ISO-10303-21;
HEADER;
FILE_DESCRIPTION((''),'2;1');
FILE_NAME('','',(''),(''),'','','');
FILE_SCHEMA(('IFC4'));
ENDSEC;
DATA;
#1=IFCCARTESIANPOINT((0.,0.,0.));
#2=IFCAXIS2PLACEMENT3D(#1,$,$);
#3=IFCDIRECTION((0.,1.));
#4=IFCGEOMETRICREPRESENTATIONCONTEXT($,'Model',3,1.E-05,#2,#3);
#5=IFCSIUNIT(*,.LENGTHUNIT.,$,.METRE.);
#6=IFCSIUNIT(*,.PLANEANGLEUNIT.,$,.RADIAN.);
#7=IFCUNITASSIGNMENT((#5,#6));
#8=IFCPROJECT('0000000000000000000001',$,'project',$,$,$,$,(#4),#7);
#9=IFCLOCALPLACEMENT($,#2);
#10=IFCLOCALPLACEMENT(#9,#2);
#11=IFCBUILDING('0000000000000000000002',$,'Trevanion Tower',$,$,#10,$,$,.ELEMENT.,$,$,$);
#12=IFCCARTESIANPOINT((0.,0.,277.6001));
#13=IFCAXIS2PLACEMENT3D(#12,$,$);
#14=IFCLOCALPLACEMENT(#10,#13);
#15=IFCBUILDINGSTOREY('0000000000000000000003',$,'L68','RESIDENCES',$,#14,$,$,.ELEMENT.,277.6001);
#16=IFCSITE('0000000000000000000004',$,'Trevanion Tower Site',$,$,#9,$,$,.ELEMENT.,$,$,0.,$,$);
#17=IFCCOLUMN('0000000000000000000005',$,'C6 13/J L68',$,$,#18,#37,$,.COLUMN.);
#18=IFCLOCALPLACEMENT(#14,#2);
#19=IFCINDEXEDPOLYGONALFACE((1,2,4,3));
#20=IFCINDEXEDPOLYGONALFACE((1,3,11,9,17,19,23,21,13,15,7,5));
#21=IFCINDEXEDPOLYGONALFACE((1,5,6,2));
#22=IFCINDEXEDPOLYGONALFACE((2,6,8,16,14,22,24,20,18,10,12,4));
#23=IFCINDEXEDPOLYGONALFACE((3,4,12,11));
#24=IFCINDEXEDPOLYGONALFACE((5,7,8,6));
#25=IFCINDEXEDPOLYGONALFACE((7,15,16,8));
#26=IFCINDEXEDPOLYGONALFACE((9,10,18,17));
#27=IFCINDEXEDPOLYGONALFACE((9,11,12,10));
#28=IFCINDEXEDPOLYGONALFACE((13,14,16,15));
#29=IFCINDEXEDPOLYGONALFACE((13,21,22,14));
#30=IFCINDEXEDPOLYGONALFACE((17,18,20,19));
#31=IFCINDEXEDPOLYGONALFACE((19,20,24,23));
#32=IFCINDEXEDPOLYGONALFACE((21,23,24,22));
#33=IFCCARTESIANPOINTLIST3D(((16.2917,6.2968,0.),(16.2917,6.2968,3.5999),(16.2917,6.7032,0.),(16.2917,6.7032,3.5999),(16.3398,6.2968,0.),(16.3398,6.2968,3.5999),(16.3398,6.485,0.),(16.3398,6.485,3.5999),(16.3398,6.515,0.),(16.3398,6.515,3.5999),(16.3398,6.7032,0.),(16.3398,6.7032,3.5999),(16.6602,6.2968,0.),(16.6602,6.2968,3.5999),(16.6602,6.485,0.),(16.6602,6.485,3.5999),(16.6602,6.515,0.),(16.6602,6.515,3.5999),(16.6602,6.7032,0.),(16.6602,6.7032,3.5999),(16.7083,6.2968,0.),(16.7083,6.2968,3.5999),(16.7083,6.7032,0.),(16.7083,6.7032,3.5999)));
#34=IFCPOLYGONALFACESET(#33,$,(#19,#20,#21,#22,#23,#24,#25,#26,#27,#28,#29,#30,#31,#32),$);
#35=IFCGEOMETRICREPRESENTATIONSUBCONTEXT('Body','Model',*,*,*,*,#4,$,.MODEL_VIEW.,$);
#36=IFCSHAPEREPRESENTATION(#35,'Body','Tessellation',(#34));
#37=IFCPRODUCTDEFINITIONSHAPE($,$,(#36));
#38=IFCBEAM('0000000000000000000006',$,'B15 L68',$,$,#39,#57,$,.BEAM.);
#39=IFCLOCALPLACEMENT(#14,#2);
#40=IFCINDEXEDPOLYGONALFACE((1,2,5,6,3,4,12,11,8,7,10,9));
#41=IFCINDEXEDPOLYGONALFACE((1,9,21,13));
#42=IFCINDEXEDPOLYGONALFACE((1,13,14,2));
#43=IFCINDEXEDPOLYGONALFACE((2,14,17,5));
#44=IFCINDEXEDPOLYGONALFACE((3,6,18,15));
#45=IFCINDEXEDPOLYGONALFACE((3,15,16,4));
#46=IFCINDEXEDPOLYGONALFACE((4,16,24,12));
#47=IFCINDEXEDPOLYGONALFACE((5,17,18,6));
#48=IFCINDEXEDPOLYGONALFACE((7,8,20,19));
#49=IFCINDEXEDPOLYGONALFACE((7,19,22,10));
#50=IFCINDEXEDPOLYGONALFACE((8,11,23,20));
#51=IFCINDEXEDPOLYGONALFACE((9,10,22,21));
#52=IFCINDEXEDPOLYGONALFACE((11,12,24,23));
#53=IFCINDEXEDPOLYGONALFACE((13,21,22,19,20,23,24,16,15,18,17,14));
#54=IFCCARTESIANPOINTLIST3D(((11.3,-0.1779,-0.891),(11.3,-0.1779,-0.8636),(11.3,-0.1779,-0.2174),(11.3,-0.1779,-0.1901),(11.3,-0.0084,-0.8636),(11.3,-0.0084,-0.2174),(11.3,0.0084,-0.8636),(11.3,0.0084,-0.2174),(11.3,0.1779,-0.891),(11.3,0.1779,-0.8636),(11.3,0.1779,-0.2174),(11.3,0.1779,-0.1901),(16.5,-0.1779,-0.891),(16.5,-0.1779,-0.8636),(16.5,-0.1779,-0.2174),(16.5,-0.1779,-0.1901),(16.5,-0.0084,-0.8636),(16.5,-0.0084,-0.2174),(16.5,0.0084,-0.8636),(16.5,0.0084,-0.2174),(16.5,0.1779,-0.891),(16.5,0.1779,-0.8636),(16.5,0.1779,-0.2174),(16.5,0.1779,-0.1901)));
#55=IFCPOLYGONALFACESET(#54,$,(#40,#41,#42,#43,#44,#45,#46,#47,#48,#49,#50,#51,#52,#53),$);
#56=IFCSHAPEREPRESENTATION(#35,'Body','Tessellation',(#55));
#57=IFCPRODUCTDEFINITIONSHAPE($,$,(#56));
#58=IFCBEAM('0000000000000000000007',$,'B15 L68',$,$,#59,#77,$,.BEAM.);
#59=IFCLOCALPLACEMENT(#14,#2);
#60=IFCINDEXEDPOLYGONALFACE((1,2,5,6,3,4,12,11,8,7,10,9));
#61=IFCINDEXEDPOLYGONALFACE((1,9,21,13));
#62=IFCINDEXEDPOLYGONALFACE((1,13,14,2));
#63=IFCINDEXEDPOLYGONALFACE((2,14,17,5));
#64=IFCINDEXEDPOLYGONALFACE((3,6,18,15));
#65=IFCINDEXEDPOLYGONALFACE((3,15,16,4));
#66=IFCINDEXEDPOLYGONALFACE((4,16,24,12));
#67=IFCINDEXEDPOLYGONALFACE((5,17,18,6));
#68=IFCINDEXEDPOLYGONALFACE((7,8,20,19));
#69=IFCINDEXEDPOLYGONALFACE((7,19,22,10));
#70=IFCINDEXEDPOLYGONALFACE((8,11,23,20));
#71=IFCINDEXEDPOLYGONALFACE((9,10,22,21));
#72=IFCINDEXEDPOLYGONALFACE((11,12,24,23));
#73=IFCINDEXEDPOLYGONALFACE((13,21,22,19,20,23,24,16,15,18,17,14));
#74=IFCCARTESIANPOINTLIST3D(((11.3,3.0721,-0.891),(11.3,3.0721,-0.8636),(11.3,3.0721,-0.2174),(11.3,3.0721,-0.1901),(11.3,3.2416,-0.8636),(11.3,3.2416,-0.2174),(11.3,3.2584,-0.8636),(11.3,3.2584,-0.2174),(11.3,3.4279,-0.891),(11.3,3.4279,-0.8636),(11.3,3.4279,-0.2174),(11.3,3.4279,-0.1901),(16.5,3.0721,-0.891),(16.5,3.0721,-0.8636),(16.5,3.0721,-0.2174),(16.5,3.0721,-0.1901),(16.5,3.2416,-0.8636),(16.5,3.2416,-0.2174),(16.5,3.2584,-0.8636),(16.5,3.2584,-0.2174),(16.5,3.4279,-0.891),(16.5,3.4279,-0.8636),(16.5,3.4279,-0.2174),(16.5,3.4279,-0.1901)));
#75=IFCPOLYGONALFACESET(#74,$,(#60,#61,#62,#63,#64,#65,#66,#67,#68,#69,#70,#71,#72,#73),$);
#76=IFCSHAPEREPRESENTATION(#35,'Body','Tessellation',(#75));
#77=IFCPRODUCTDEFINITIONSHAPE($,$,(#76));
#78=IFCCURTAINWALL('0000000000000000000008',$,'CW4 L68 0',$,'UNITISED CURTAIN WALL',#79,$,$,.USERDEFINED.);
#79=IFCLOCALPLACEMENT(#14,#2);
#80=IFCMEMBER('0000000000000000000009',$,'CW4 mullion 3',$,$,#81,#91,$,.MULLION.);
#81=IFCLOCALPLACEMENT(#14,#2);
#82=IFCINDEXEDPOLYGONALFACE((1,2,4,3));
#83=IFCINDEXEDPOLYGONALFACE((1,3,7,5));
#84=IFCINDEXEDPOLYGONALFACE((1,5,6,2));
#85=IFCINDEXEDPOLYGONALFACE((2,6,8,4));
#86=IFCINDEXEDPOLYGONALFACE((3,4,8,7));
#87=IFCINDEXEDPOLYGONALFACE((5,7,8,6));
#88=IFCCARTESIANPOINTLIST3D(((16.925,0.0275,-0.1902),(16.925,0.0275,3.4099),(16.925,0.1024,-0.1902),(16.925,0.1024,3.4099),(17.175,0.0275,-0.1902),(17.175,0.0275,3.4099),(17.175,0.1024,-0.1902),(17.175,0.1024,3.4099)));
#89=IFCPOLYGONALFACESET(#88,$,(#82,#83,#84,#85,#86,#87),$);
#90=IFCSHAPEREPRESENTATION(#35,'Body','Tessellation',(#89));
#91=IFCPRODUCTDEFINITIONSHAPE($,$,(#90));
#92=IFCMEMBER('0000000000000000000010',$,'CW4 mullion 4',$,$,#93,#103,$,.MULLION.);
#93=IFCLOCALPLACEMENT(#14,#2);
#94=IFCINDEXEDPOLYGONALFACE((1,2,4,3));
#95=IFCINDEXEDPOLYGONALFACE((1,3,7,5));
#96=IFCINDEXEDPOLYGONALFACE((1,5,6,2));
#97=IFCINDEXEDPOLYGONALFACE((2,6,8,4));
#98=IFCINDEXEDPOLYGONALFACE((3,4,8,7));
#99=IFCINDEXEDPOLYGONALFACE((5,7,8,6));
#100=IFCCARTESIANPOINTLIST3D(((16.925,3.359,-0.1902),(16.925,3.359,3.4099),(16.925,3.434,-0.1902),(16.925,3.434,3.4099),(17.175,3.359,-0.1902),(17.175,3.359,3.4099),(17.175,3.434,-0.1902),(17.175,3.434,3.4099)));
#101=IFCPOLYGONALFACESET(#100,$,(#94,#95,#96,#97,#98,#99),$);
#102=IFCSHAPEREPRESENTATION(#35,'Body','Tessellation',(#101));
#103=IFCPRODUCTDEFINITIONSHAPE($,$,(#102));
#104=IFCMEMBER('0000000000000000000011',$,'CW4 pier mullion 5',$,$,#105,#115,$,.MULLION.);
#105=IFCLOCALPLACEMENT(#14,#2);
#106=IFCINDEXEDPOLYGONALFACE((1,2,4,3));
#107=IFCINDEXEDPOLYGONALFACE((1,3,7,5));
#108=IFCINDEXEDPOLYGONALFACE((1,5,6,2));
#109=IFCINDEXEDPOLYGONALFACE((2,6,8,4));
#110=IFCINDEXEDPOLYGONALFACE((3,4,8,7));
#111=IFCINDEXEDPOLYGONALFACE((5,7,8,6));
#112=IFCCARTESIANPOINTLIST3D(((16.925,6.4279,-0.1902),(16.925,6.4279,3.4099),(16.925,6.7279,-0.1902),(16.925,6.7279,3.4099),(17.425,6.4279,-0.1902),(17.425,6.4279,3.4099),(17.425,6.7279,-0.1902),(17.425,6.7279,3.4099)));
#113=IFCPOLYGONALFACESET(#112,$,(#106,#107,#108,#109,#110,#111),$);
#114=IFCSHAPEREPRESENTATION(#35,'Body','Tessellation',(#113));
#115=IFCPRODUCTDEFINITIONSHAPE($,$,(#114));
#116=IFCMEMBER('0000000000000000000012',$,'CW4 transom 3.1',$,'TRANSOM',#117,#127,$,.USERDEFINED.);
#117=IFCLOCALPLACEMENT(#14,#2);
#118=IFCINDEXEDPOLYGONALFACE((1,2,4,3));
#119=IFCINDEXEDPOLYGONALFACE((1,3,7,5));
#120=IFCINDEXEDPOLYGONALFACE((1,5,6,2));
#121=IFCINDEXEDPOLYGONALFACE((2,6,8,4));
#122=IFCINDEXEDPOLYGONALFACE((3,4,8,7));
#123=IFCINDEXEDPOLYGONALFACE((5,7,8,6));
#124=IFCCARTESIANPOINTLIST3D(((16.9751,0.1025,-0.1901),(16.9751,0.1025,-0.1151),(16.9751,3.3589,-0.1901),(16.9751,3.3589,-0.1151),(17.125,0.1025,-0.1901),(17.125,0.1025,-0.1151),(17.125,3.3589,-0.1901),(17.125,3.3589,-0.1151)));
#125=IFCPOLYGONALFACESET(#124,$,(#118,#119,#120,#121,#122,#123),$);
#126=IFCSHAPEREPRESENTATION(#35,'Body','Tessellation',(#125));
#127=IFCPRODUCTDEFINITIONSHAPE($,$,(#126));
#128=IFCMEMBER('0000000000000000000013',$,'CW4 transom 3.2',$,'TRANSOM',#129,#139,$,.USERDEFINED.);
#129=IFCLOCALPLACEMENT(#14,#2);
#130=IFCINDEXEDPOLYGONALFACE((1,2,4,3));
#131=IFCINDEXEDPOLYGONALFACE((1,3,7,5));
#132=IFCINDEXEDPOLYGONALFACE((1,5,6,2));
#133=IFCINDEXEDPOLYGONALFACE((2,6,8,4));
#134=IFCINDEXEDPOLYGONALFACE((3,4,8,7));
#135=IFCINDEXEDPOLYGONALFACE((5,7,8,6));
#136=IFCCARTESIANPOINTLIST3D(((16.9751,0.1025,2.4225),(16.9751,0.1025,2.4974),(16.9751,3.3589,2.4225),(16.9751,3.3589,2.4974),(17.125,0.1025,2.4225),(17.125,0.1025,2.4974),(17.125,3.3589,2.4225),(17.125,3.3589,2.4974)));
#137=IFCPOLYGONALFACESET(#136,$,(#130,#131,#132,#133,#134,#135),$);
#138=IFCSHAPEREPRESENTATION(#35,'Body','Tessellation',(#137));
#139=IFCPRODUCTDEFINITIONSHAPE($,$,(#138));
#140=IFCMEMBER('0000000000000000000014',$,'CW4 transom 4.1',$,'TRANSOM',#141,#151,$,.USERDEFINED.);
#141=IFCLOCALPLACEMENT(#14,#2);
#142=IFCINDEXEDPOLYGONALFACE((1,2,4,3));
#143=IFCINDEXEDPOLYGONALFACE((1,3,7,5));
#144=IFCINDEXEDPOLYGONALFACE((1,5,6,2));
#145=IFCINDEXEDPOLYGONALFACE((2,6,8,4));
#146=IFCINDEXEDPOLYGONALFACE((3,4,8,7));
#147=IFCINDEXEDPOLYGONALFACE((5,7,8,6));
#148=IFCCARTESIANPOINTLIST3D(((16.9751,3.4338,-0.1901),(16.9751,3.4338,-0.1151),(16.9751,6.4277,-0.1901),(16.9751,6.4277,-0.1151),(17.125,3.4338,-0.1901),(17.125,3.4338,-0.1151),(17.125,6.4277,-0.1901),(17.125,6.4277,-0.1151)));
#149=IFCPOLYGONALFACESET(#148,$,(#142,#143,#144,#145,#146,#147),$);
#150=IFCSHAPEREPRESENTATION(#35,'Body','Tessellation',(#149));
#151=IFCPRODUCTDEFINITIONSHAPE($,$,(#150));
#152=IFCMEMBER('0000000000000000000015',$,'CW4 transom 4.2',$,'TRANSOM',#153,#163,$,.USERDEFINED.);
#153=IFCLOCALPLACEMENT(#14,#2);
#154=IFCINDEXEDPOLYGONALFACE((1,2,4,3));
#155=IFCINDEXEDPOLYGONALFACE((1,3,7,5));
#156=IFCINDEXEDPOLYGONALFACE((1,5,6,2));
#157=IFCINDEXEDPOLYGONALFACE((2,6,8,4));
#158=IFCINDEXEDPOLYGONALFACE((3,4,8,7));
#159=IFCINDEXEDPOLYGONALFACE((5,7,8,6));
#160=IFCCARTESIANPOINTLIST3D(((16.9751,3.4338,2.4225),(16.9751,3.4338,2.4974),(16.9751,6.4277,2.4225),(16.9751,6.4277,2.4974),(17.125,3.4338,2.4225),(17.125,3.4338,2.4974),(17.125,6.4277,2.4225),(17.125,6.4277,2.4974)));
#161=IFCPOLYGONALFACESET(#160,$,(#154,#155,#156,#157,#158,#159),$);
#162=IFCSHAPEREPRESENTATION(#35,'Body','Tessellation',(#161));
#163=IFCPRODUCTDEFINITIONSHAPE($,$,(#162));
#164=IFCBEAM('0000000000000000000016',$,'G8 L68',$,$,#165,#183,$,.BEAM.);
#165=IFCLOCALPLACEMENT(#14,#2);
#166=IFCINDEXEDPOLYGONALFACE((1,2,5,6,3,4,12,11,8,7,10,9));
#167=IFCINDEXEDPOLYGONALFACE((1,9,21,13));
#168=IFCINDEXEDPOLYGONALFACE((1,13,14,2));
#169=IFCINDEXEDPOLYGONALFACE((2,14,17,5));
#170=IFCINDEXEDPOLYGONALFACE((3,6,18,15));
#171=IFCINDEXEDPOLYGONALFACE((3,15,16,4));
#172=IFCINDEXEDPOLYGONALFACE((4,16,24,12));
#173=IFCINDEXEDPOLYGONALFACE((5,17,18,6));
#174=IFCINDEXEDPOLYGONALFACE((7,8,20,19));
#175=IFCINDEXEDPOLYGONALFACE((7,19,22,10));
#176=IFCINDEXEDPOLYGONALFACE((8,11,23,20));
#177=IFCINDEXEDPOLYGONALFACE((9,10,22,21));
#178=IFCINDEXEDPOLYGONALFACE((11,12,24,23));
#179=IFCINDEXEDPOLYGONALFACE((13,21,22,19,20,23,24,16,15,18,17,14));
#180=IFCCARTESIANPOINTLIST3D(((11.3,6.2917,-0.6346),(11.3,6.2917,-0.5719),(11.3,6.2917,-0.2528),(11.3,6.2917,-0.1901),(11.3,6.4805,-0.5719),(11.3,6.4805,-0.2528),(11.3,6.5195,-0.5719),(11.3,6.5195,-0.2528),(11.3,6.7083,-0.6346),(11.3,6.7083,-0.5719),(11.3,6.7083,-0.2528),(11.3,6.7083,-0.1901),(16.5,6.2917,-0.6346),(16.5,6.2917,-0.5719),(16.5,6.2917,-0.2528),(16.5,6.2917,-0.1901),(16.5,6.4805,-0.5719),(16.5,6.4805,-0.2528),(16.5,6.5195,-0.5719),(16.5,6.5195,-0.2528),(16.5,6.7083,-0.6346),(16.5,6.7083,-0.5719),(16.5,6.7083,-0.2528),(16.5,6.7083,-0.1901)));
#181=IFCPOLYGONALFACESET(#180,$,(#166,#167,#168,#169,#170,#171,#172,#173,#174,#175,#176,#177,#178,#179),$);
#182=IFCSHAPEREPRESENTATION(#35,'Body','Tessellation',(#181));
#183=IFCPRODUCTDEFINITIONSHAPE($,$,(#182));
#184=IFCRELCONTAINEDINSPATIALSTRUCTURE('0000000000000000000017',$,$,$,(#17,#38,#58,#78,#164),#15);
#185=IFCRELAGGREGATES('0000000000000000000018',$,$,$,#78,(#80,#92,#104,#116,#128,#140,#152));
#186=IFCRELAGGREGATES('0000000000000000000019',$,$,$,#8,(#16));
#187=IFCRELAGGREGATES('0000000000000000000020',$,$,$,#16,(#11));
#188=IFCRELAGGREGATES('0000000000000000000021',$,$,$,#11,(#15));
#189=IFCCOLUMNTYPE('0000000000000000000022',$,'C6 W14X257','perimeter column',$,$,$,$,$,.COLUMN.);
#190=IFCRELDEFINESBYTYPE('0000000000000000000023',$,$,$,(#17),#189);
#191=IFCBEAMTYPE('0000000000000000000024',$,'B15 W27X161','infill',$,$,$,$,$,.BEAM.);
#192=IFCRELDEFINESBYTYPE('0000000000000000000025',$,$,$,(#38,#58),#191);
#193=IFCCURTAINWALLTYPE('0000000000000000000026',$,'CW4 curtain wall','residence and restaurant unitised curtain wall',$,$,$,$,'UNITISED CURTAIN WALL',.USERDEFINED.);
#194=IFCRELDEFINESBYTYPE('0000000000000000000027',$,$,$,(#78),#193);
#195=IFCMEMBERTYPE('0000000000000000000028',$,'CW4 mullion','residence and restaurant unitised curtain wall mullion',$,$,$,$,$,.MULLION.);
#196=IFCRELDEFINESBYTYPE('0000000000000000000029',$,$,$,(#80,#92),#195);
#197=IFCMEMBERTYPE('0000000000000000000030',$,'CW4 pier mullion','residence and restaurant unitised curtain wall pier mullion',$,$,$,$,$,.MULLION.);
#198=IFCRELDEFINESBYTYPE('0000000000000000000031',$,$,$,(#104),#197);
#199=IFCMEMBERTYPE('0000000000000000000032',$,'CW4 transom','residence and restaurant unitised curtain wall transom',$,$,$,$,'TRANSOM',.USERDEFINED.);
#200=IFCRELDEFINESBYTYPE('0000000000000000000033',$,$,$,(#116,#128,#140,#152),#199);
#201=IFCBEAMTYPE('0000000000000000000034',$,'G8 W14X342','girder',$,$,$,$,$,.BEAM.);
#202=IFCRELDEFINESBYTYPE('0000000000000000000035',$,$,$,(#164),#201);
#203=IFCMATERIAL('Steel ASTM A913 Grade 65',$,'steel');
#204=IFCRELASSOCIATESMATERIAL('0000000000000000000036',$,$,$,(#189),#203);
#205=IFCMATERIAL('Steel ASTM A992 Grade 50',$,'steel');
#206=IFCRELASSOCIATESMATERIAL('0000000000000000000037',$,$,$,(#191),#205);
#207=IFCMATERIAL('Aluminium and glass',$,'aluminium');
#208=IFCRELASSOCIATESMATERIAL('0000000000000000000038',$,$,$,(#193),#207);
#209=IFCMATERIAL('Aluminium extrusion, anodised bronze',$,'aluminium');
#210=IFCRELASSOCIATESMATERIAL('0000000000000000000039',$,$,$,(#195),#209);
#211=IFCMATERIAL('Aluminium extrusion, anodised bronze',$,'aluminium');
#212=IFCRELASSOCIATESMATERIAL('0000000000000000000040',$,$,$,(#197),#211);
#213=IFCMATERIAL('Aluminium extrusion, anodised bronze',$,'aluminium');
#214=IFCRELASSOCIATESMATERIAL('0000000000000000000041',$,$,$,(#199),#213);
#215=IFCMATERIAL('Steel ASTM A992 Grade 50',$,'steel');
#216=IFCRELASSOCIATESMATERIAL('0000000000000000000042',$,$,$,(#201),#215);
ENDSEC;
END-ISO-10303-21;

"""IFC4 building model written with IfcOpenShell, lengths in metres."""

from ifc_helpers import new_model, si_unit, direction, frame, origin, origin_2d, place, context, subcontext, project, spatial, rectangle, i_section, extrude, material, material_profile, profile_set, type_object, element, aggregate, save


model = new_model("IFC4")

# Units and contexts
model_context = context("Model", 3, precision=1e-05, world=origin(), true_north=direction((0.0, 1.0)))
body_context = subcontext(model_context, "Body", "Model", "MODEL_VIEW")
ifc_project = project(units=[si_unit("LENGTHUNIT", "METRE"), si_unit("PLANEANGLEUNIT", "RADIAN")], contexts=[model_context])

# Site, building, storey
site_placement = place(None, origin())
site = spatial("IfcSite", under=ifc_project, at=site_placement, Name="Trevanion Tower Site", CompositionType="ELEMENT", RefElevation=0.0)
building_placement = place(site_placement, origin())
building = spatial("IfcBuilding", under=site, at=building_placement, Name="Trevanion Tower", CompositionType="ELEMENT")
storey_placement = place(building_placement, frame((0.0, 0.0, 277.6001)))
storey = spatial("IfcBuildingStorey", under=building, at=storey_placement, Name="L68", Description="RESIDENCES", CompositionType="ELEMENT", Elevation=277.6001)

# Column
ifc_material_1 = material(Name="Steel ASTM A913 Grade 65", Category="steel")
ifc_material_profile_1 = material_profile(ifc_material_1, i_section(OverallWidth=0.4065, OverallDepth=0.4165, WebThickness=0.03, FlangeThickness=0.0481, at=origin_2d()), Name="W14X257")
ifc_profile_set_1 = profile_set([ifc_material_profile_1], Name="Steel ASTM A913 Grade 65")
column_type = type_object("IfcColumnType", Name="C6 W14X257", Description="perimeter column", PredefinedType="COLUMN", material=ifc_profile_set_1)
column_placement = place(storey_placement, frame((16.5, 6.5, 0.0), z_axis=(0.0, 0.0, 1.0), x_axis=(0.0, 1.0, 0.0)))
element("IfcColumn", 1, at=column_placement, inside=storey, type_object=column_type, Name="C6 13/J L68", PredefinedType="COLUMN", context=body_context, shape_type="SweptSolid", body=[
    extrude(i_section(OverallWidth=0.4065, OverallDepth=0.4165, WebThickness=0.03, FlangeThickness=0.0481, at=origin_2d()), origin(), (0.0, 0.0, 1.0), 3.5999),
])

# Beams
ifc_material_2 = material(Name="Steel ASTM A992 Grade 50", Category="steel")
ifc_material_profile_2 = material_profile(ifc_material_2, i_section(OverallWidth=0.3557, OverallDepth=0.7009, WebThickness=0.0168, FlangeThickness=0.0273, at=origin_2d()), Name="W27X161")
ifc_profile_set_2 = profile_set([ifc_material_profile_2], Name="Steel ASTM A992 Grade 50")
beam_type_1 = type_object("IfcBeamType", Name="B15 W27X161", Description="infill", PredefinedType="BEAM", material=ifc_profile_set_2)
for number, where, z_axis, x_axis, name in (
    (2, (11.3, 0.0, -0.5405), (1.0, 0.0, 0.0), (0.0, 1.0, 0.0), "B15 L68"),
    (3, (11.3, 3.25, -0.5405), (1.0, 0.0, 0.0), (0.0, 1.0, 0.0), "B15 L68"),
):
    element("IfcBeam", number, at=place(storey_placement, frame(where, z_axis=z_axis, x_axis=x_axis)), inside=storey, type_object=beam_type_1, Name=name, PredefinedType="BEAM", context=body_context, shape_type="SweptSolid", body=[
        extrude(i_section(OverallWidth=0.3557, OverallDepth=0.7009, WebThickness=0.0168, FlangeThickness=0.0273, at=origin_2d()), origin(), (0.0, 0.0, 1.0), 5.2),
    ])

# Curtain wall, members
ifc_material_3 = material(Name="Aluminium and glass", Category="aluminium")
curtain_wall_type = type_object("IfcCurtainWallType", Name="CW4 curtain wall", Description="residence and restaurant unitised curtain wall", ElementType="UNITISED CURTAIN WALL", PredefinedType="USERDEFINED", material=ifc_material_3)
curtain_wall_placement = place(storey_placement, origin())
curtain_wall = element("IfcCurtainWall", 4, at=curtain_wall_placement, inside=storey, type_object=curtain_wall_type, Name="CW4 L68 0", ObjectType="UNITISED CURTAIN WALL", PredefinedType="USERDEFINED")
ifc_material_4 = material(Name="Aluminium extrusion, anodised bronze", Category="aluminium")
ifc_material_profile_3 = material_profile(ifc_material_4, rectangle(XDim=0.075, YDim=0.25, at=origin_2d()), Name="CW4 mullion")
ifc_profile_set_3 = profile_set([ifc_material_profile_3], Name="Aluminium extrusion, anodised bronze")
member_type_1 = type_object("IfcMemberType", Name="CW4 mullion", Description="residence and restaurant unitised curtain wall mullion", PredefinedType="MULLION", material=ifc_profile_set_3)
member_1_placement = place(storey_placement, frame((17.05, 0.0649, -0.1902), z_axis=(0.0, 0.0, 1.0), x_axis=(0.0, 1.0, 0.0)))
member_1 = element("IfcMember", 5, at=member_1_placement, type_object=member_type_1, Name="CW4 mullion 3", PredefinedType="MULLION", context=body_context, shape_type="SweptSolid", body=[
    extrude(rectangle(XDim=0.075, YDim=0.25, at=origin_2d()), origin(), (0.0, 0.0, 1.0), 3.6001),
])
member_2_placement = place(storey_placement, frame((17.05, 3.3965, -0.1902), z_axis=(0.0, 0.0, 1.0), x_axis=(0.0, 1.0, 0.0)))
member_2 = element("IfcMember", 6, at=member_2_placement, type_object=member_type_1, Name="CW4 mullion 4", PredefinedType="MULLION", context=body_context, shape_type="SweptSolid", body=[
    extrude(rectangle(XDim=0.075, YDim=0.25, at=origin_2d()), origin(), (0.0, 0.0, 1.0), 3.6001),
])
ifc_material_5 = material(Name="Aluminium extrusion, anodised bronze", Category="aluminium")
ifc_material_profile_4 = material_profile(ifc_material_5, rectangle(XDim=0.3, YDim=0.5, at=origin_2d()), Name="CW4 pier mullion")
ifc_profile_set_4 = profile_set([ifc_material_profile_4], Name="Aluminium extrusion, anodised bronze")
member_type_2 = type_object("IfcMemberType", Name="CW4 pier mullion", Description="residence and restaurant unitised curtain wall pier mullion", PredefinedType="MULLION", material=ifc_profile_set_4)
member_3_placement = place(storey_placement, frame((17.175, 6.5779, -0.1902), z_axis=(0.0, 0.0, 1.0), x_axis=(0.0, 1.0, 0.0)))
member_3 = element("IfcMember", 7, at=member_3_placement, type_object=member_type_2, Name="CW4 pier mullion 5", PredefinedType="MULLION", context=body_context, shape_type="SweptSolid", body=[
    extrude(rectangle(XDim=0.3, YDim=0.5, at=origin_2d()), origin(), (0.0, 0.0, 1.0), 3.6001),
])
ifc_material_6 = material(Name="Aluminium extrusion, anodised bronze", Category="aluminium")
ifc_material_profile_5 = material_profile(ifc_material_6, rectangle(XDim=0.1499, YDim=0.075, at=origin_2d()), Name="CW4 transom")
ifc_profile_set_5 = profile_set([ifc_material_profile_5], Name="Aluminium extrusion, anodised bronze")
member_type_3 = type_object("IfcMemberType", Name="CW4 transom", Description="residence and restaurant unitised curtain wall transom", ElementType="TRANSOM", PredefinedType="USERDEFINED", material=ifc_profile_set_5)
member_4_placement = place(storey_placement, frame((17.05, 0.1025, -0.1526), z_axis=(0.0, 1.0, 0.0), x_axis=(-1.0, 0.0, 0.0)))
member_4 = element("IfcMember", 8, at=member_4_placement, type_object=member_type_3, Name="CW4 transom 3.1", ObjectType="TRANSOM", PredefinedType="USERDEFINED", context=body_context, shape_type="SweptSolid", body=[
    extrude(rectangle(XDim=0.1499, YDim=0.075, at=origin_2d()), origin(), (0.0, 0.0, 1.0), 3.2563),
])
member_5_placement = place(storey_placement, frame((17.05, 0.1025, 2.46), z_axis=(0.0, 1.0, 0.0), x_axis=(-1.0, 0.0, 0.0)))
member_5 = element("IfcMember", 9, at=member_5_placement, type_object=member_type_3, Name="CW4 transom 3.2", ObjectType="TRANSOM", PredefinedType="USERDEFINED", context=body_context, shape_type="SweptSolid", body=[
    extrude(rectangle(XDim=0.1499, YDim=0.075, at=origin_2d()), origin(), (0.0, 0.0, 1.0), 3.2563),
])
member_6_placement = place(storey_placement, frame((17.05, 3.4338, -0.1526), z_axis=(0.0, 1.0, 0.0), x_axis=(-1.0, 0.0, 0.0)))
member_6 = element("IfcMember", 10, at=member_6_placement, type_object=member_type_3, Name="CW4 transom 4.1", ObjectType="TRANSOM", PredefinedType="USERDEFINED", context=body_context, shape_type="SweptSolid", body=[
    extrude(rectangle(XDim=0.1499, YDim=0.075, at=origin_2d()), origin(), (0.0, 0.0, 1.0), 2.9939),
])
member_7_placement = place(storey_placement, frame((17.05, 3.4338, 2.46), z_axis=(0.0, 1.0, 0.0), x_axis=(-1.0, 0.0, 0.0)))
member_7 = element("IfcMember", 11, at=member_7_placement, type_object=member_type_3, Name="CW4 transom 4.2", ObjectType="TRANSOM", PredefinedType="USERDEFINED", context=body_context, shape_type="SweptSolid", body=[
    extrude(rectangle(XDim=0.1499, YDim=0.075, at=origin_2d()), origin(), (0.0, 0.0, 1.0), 2.9939),
])

# Beam
ifc_material_7 = material(Name="Steel ASTM A992 Grade 50", Category="steel")
ifc_material_profile_6 = material_profile(ifc_material_7, i_section(OverallWidth=0.4165, OverallDepth=0.4446, WebThickness=0.0391, FlangeThickness=0.0627, at=origin_2d()), Name="W14X342")
ifc_profile_set_6 = profile_set([ifc_material_profile_6], Name="Steel ASTM A992 Grade 50")
beam_type_2 = type_object("IfcBeamType", Name="G8 W14X342", Description="girder", PredefinedType="BEAM", material=ifc_profile_set_6)
beam_1_placement = place(storey_placement, frame((11.3, 6.5, -0.4124), z_axis=(1.0, 0.0, 0.0), x_axis=(0.0, 1.0, 0.0)))
element("IfcBeam", 12, at=beam_1_placement, inside=storey, type_object=beam_type_2, Name="G8 L68", PredefinedType="BEAM", context=body_context, shape_type="SweptSolid", body=[
    extrude(i_section(OverallWidth=0.4165, OverallDepth=0.4446, WebThickness=0.0391, FlangeThickness=0.0627, at=origin_2d()), origin(), (0.0, 0.0, 1.0), 5.2),
])

aggregate(curtain_wall, [member_1, member_2, member_3, member_4, member_5, member_6, member_7])

save(model, "model.ifc")
